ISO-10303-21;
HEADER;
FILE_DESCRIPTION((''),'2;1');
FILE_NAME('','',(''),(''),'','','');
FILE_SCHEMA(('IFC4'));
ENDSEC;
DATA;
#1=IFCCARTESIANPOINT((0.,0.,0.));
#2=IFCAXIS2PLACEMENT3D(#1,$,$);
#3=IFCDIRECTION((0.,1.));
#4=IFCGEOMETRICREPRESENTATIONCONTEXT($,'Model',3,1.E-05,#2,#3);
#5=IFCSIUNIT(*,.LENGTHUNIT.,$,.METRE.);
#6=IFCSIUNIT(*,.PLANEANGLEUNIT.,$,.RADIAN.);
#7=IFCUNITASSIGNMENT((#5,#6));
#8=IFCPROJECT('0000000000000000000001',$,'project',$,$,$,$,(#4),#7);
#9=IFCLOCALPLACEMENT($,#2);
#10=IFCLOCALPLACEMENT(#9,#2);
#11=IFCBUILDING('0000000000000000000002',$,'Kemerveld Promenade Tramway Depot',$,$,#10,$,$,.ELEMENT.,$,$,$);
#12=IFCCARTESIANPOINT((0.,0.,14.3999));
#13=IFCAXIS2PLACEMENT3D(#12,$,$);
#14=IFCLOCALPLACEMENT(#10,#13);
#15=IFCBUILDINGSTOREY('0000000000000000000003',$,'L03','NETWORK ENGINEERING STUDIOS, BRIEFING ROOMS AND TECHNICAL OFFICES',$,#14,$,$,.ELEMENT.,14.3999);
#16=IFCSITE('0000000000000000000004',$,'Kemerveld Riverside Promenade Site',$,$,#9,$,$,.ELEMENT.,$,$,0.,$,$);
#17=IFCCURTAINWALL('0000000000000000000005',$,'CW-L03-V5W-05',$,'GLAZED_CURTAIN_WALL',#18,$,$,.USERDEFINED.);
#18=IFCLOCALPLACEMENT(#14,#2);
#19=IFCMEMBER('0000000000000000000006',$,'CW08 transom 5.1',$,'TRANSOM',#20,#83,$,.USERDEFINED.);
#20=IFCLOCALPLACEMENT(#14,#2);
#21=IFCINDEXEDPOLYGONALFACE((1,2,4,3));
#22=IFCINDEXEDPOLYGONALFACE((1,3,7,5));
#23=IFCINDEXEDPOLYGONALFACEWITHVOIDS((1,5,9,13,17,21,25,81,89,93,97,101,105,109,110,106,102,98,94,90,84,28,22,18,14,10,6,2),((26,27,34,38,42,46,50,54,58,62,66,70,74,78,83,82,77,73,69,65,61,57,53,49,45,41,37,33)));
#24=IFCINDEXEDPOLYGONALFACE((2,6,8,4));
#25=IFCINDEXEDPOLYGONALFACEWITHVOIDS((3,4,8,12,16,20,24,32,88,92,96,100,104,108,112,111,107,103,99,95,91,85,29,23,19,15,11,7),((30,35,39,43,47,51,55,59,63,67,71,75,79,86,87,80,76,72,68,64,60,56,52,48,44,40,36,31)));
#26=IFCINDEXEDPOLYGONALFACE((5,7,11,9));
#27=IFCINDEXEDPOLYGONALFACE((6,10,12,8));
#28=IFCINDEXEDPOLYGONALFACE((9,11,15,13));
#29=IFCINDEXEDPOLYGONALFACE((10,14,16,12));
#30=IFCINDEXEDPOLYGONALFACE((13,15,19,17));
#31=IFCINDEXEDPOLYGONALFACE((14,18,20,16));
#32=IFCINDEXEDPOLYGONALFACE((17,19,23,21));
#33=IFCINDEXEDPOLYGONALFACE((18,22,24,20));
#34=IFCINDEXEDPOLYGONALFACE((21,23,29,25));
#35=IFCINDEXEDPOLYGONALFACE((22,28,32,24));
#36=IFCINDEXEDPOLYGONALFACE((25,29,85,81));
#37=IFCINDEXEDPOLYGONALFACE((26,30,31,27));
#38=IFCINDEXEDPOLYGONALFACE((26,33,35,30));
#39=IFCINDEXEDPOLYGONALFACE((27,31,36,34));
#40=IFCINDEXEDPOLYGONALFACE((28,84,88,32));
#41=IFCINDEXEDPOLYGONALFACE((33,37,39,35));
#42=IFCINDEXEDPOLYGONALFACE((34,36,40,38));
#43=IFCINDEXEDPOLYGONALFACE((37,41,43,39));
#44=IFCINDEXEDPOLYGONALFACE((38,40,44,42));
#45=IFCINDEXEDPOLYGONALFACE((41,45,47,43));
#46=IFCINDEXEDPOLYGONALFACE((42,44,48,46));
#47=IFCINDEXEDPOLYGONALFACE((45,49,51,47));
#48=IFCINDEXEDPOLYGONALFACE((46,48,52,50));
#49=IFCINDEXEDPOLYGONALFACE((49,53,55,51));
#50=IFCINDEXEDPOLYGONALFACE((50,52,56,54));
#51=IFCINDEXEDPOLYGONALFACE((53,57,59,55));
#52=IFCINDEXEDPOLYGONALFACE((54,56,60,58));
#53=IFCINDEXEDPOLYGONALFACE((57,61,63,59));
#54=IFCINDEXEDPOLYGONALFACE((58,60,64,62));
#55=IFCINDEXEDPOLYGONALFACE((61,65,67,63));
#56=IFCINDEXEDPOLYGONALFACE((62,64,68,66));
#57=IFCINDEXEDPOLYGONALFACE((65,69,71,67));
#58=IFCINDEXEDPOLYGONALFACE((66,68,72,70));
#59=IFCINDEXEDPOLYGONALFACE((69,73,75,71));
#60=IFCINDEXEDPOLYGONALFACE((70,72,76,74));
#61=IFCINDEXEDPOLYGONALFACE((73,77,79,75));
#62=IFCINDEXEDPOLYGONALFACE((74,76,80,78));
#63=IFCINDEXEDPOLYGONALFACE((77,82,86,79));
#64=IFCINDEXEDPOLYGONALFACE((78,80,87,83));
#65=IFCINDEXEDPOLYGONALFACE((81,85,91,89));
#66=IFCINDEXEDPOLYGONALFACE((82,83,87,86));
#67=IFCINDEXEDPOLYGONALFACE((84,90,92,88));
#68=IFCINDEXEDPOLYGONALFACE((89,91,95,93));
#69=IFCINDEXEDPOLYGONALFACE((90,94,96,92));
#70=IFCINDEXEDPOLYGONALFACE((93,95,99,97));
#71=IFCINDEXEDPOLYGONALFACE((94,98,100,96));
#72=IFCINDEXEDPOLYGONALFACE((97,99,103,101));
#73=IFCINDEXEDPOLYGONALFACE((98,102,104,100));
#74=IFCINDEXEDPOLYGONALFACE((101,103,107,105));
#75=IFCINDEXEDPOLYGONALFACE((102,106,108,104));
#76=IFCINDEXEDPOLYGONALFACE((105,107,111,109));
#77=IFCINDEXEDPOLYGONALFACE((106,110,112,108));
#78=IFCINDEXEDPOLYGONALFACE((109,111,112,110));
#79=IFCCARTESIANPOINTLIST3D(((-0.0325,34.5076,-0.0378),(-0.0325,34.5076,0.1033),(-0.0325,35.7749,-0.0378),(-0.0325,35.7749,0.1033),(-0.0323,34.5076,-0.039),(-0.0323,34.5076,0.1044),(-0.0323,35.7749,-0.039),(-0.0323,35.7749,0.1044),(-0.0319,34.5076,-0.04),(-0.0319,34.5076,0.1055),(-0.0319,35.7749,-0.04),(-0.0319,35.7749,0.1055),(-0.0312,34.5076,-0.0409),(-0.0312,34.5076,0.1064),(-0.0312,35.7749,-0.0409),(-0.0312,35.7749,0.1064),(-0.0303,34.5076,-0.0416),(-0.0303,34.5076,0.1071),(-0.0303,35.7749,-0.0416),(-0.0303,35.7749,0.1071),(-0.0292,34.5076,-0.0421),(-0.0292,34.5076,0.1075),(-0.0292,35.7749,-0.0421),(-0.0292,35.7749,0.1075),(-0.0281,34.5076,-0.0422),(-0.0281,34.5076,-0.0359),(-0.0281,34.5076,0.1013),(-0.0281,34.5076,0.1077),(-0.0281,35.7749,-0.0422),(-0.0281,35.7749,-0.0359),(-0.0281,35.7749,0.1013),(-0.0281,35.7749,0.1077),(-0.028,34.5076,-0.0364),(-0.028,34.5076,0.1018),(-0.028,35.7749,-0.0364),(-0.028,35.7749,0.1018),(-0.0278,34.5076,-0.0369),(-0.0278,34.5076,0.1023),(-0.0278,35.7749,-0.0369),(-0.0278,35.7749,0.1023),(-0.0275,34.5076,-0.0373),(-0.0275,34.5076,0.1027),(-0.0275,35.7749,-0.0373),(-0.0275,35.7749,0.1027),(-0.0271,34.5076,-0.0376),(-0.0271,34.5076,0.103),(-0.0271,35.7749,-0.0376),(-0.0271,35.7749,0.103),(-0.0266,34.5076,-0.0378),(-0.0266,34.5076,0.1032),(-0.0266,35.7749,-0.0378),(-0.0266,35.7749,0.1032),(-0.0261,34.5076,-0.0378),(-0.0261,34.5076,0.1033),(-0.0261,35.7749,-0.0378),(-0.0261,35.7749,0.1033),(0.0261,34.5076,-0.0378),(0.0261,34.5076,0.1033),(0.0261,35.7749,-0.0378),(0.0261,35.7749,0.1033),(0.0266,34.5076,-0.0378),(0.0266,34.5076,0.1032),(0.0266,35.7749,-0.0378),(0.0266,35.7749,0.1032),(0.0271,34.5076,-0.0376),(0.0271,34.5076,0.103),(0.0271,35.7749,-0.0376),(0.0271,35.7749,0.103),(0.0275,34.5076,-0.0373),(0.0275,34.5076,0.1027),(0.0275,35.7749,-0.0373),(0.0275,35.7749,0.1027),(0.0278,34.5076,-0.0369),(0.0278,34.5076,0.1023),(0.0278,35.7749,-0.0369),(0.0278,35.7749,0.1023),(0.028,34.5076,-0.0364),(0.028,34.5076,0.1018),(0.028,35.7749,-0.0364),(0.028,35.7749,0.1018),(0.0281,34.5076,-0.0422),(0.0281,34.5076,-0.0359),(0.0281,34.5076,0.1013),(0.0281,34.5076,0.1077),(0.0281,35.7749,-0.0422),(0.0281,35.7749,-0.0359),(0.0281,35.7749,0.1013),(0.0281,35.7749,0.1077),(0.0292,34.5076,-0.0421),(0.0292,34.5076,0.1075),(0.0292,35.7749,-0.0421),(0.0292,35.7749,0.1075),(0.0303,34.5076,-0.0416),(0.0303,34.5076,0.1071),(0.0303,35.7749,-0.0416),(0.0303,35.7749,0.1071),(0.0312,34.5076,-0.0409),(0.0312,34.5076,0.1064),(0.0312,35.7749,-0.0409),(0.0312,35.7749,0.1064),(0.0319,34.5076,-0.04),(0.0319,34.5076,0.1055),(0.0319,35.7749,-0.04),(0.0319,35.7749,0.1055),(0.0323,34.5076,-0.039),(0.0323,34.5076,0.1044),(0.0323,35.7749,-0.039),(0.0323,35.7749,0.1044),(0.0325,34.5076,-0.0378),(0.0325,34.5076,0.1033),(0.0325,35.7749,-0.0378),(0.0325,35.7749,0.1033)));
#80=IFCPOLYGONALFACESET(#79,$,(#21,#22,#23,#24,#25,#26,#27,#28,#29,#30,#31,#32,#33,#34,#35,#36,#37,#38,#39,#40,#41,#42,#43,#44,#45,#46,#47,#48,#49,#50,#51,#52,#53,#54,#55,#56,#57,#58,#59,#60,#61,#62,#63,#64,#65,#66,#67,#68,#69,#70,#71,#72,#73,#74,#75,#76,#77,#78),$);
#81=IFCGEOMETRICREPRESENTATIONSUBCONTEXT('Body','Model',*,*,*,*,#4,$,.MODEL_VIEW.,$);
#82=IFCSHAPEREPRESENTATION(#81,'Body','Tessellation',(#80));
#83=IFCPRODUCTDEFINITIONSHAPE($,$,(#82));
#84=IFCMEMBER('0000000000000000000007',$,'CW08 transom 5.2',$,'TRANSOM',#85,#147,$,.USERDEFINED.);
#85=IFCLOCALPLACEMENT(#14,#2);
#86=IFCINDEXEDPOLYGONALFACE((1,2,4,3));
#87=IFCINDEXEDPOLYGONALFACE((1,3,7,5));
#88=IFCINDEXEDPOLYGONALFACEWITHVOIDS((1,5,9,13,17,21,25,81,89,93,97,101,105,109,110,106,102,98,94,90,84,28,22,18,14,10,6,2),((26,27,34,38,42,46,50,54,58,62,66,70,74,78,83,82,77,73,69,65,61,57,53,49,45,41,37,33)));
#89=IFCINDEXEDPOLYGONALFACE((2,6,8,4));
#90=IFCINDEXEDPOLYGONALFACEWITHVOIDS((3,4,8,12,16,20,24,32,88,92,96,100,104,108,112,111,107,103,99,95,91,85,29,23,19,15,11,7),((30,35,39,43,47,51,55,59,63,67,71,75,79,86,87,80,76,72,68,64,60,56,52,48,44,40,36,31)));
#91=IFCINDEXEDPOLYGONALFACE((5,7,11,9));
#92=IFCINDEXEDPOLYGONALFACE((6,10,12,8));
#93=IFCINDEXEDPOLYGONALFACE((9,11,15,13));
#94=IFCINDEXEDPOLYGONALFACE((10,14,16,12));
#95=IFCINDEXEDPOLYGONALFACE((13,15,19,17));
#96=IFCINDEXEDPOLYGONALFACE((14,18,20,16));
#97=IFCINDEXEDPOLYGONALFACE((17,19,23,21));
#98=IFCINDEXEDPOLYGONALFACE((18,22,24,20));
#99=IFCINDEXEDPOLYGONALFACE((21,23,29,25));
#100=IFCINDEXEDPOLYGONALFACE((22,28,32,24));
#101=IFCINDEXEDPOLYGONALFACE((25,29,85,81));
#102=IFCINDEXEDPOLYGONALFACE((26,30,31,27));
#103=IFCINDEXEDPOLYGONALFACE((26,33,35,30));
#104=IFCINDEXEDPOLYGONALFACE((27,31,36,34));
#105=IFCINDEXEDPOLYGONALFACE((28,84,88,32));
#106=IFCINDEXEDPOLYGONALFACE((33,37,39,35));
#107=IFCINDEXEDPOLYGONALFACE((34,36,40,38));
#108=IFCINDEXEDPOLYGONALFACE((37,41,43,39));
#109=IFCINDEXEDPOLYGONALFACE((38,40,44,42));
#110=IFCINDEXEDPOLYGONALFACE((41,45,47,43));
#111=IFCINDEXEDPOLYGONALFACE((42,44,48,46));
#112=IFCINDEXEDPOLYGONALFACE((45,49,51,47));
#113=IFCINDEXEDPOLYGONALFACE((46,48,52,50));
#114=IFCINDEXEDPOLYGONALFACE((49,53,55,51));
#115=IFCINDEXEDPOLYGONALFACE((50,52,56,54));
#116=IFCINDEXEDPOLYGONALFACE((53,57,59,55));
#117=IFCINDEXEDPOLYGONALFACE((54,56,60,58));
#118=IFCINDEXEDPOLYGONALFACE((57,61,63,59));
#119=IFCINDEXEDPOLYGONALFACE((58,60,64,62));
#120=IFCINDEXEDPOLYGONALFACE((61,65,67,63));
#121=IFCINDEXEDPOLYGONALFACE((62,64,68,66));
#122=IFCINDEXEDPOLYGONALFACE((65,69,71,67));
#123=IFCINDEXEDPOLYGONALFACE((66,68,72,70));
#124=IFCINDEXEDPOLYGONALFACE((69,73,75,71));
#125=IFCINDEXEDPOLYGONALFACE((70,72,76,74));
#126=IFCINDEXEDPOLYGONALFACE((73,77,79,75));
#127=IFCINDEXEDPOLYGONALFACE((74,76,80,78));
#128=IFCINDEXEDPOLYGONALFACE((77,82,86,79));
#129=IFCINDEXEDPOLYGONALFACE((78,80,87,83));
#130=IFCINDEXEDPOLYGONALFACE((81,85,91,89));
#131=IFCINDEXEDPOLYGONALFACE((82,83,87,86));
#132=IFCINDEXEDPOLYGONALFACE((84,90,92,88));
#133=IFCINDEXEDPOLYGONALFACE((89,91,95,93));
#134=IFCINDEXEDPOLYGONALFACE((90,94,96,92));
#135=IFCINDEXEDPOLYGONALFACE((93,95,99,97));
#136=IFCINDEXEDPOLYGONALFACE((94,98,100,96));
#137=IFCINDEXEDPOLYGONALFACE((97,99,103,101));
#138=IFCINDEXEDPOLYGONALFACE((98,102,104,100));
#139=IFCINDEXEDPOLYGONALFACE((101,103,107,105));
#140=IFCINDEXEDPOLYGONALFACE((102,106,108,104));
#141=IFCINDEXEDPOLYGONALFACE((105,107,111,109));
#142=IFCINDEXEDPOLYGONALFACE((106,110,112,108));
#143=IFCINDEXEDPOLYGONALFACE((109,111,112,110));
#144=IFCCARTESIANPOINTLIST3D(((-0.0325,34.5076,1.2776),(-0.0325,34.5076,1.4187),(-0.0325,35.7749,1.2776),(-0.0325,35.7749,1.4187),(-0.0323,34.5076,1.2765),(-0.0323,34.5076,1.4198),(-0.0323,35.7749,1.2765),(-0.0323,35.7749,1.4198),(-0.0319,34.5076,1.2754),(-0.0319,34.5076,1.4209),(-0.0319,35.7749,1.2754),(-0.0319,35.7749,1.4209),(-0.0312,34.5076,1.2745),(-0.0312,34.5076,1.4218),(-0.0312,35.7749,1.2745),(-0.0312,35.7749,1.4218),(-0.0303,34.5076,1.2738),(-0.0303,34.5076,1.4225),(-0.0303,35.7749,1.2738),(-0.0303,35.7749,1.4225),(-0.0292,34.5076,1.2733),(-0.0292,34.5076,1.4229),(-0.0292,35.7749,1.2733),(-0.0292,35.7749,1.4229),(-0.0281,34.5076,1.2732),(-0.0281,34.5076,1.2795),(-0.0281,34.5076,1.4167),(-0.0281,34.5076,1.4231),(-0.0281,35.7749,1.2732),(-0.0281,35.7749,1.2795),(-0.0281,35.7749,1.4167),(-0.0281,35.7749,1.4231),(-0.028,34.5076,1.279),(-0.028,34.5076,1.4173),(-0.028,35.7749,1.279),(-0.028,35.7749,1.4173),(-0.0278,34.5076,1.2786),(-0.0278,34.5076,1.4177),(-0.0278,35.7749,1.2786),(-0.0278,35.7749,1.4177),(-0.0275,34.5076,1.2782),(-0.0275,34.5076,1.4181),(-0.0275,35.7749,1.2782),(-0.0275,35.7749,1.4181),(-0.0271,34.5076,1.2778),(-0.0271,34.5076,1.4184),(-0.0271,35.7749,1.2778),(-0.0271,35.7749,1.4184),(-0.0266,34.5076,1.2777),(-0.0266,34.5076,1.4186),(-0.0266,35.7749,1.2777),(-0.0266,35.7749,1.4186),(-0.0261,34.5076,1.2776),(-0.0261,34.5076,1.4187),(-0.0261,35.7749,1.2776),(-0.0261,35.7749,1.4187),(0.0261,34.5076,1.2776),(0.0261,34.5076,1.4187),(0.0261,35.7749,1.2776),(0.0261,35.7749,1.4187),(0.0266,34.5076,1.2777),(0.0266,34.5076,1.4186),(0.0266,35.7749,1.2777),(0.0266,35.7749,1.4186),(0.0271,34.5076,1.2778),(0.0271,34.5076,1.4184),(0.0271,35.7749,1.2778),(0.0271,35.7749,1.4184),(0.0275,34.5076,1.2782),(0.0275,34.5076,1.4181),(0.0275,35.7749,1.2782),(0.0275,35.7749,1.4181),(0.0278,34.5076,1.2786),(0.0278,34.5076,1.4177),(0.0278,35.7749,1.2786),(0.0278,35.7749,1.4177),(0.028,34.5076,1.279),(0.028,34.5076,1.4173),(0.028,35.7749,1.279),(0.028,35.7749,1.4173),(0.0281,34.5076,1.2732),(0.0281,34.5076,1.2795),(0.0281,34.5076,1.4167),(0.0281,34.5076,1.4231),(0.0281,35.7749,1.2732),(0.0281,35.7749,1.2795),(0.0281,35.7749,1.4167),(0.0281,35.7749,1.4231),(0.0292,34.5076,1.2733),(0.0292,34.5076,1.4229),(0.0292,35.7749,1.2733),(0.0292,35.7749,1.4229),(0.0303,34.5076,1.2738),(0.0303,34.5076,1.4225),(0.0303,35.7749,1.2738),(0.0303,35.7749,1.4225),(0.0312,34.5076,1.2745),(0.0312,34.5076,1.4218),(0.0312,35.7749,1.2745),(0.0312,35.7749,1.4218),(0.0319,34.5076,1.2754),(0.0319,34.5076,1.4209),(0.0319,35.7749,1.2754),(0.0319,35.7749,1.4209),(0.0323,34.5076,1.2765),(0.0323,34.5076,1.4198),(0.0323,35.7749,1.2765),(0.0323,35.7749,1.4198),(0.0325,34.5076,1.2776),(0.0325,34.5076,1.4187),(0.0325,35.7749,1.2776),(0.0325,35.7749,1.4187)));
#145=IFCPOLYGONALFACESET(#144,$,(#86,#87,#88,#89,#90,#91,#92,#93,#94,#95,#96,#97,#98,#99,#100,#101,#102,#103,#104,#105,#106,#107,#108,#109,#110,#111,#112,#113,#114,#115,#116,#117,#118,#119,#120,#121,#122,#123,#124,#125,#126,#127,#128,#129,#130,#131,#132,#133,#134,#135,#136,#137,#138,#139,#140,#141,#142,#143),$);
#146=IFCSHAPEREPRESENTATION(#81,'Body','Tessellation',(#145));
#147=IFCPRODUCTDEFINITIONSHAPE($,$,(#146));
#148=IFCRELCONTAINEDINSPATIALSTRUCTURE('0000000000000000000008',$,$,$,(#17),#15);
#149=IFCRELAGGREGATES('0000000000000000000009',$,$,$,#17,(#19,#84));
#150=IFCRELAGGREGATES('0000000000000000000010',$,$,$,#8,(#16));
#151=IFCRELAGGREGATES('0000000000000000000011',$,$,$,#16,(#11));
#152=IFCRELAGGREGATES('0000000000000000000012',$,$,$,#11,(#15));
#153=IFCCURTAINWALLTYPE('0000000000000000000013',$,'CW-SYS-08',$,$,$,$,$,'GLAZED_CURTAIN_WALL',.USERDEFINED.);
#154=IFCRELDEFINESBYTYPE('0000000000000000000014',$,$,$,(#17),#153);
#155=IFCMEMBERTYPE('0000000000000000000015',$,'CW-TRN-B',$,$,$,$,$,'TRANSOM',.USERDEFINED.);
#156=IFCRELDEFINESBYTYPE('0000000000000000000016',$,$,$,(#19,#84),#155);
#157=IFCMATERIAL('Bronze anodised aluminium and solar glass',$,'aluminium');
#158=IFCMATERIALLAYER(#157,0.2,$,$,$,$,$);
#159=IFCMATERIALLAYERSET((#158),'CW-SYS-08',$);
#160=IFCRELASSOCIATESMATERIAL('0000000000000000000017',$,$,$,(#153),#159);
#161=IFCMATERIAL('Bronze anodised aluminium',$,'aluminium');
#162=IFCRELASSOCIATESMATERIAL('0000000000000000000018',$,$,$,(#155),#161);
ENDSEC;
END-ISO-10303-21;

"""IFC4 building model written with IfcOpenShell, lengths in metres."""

from ifc_helpers import new_model, si_unit, direction, frame, origin, origin_2d, place, context, subcontext, project, spatial, hollow_rectangle, extrude, material, layer, layer_set, material_profile, profile_set, type_object, element, aggregate, save


model = new_model("IFC4")

# Units and contexts
model_context = context("Model", 3, precision=1e-05, world=origin(), true_north=direction((0.0, 1.0)))
body_context = subcontext(model_context, "Body", "Model", "MODEL_VIEW")
ifc_project = project(units=[si_unit("LENGTHUNIT", "METRE"), si_unit("PLANEANGLEUNIT", "RADIAN")], contexts=[model_context])

# Site, building, storey
site_placement = place(None, origin())
site = spatial("IfcSite", under=ifc_project, at=site_placement, Name="Kemerveld Riverside Promenade Site", CompositionType="ELEMENT", RefElevation=0.0)
building_placement = place(site_placement, origin())
building = spatial("IfcBuilding", under=site, at=building_placement, Name="Kemerveld Promenade Tramway Depot", CompositionType="ELEMENT")
storey_placement = place(building_placement, frame((0.0, 0.0, 14.3999)))
storey = spatial("IfcBuildingStorey", under=building, at=storey_placement, Name="L03", Description="NETWORK ENGINEERING STUDIOS, BRIEFING ROOMS AND TECHNICAL OFFICES", CompositionType="ELEMENT", Elevation=14.3999)

# Curtain wall, members
ifc_material_1 = material(Name="Bronze anodised aluminium and solar glass", Category="aluminium")
ifc_layer_1 = layer(ifc_material_1, 0.2)
ifc_layer_set_1 = layer_set([ifc_layer_1], Name="CW-SYS-08")
curtain_wall_type = type_object("IfcCurtainWallType", Name="CW-SYS-08", ElementType="GLAZED_CURTAIN_WALL", PredefinedType="USERDEFINED", material=ifc_layer_set_1)
curtain_wall_placement = place(storey_placement, origin())
curtain_wall = element("IfcCurtainWall", 1, at=curtain_wall_placement, inside=storey, type_object=curtain_wall_type, Name="CW-L03-V5W-05", ObjectType="GLAZED_CURTAIN_WALL", PredefinedType="USERDEFINED")
ifc_material_2 = material(Name="Bronze anodised aluminium", Category="aluminium")
ifc_material_profile_1 = material_profile(ifc_material_2, hollow_rectangle(XDim=0.0649, YDim=0.1499, WallThickness=0.0044, InnerFilletRadius=0.002, OuterFilletRadius=0.0044, at=origin_2d()), Name="CW-TRN-150x65")
ifc_profile_set_1 = profile_set([ifc_material_profile_1], Name="Bronze anodised aluminium")
member_type_1 = type_object("IfcMemberType", Name="CW-TRN-B", ElementType="TRANSOM", PredefinedType="USERDEFINED", material=ifc_profile_set_1)
member_1_placement = place(storey_placement, frame((0.0, 34.5076, 0.0327), z_axis=(0.0, 1.0, 0.0), x_axis=(-1.0, 0.0, 0.0)))
member_1 = element("IfcMember", 2, at=member_1_placement, type_object=member_type_1, Name="CW08 transom 5.1", ObjectType="TRANSOM", PredefinedType="USERDEFINED", context=body_context, shape_type="SweptSolid", body=[
    extrude(hollow_rectangle(XDim=0.0649, YDim=0.1499, WallThickness=0.0044, InnerFilletRadius=0.002, OuterFilletRadius=0.0044, at=origin_2d()), origin(), (0.0, 0.0, 1.0), 1.2673),
])
member_2_placement = place(storey_placement, frame((0.0, 34.5076, 1.3481), z_axis=(0.0, 1.0, 0.0), x_axis=(-1.0, 0.0, 0.0)))
member_2 = element("IfcMember", 3, at=member_2_placement, type_object=member_type_1, Name="CW08 transom 5.2", ObjectType="TRANSOM", PredefinedType="USERDEFINED", context=body_context, shape_type="SweptSolid", body=[
    extrude(hollow_rectangle(XDim=0.0649, YDim=0.1499, WallThickness=0.0044, InnerFilletRadius=0.002, OuterFilletRadius=0.0044, at=origin_2d()), origin(), (0.0, 0.0, 1.0), 1.2673),
])
aggregate(curtain_wall, [member_1, member_2])

save(model, "model.ifc")
